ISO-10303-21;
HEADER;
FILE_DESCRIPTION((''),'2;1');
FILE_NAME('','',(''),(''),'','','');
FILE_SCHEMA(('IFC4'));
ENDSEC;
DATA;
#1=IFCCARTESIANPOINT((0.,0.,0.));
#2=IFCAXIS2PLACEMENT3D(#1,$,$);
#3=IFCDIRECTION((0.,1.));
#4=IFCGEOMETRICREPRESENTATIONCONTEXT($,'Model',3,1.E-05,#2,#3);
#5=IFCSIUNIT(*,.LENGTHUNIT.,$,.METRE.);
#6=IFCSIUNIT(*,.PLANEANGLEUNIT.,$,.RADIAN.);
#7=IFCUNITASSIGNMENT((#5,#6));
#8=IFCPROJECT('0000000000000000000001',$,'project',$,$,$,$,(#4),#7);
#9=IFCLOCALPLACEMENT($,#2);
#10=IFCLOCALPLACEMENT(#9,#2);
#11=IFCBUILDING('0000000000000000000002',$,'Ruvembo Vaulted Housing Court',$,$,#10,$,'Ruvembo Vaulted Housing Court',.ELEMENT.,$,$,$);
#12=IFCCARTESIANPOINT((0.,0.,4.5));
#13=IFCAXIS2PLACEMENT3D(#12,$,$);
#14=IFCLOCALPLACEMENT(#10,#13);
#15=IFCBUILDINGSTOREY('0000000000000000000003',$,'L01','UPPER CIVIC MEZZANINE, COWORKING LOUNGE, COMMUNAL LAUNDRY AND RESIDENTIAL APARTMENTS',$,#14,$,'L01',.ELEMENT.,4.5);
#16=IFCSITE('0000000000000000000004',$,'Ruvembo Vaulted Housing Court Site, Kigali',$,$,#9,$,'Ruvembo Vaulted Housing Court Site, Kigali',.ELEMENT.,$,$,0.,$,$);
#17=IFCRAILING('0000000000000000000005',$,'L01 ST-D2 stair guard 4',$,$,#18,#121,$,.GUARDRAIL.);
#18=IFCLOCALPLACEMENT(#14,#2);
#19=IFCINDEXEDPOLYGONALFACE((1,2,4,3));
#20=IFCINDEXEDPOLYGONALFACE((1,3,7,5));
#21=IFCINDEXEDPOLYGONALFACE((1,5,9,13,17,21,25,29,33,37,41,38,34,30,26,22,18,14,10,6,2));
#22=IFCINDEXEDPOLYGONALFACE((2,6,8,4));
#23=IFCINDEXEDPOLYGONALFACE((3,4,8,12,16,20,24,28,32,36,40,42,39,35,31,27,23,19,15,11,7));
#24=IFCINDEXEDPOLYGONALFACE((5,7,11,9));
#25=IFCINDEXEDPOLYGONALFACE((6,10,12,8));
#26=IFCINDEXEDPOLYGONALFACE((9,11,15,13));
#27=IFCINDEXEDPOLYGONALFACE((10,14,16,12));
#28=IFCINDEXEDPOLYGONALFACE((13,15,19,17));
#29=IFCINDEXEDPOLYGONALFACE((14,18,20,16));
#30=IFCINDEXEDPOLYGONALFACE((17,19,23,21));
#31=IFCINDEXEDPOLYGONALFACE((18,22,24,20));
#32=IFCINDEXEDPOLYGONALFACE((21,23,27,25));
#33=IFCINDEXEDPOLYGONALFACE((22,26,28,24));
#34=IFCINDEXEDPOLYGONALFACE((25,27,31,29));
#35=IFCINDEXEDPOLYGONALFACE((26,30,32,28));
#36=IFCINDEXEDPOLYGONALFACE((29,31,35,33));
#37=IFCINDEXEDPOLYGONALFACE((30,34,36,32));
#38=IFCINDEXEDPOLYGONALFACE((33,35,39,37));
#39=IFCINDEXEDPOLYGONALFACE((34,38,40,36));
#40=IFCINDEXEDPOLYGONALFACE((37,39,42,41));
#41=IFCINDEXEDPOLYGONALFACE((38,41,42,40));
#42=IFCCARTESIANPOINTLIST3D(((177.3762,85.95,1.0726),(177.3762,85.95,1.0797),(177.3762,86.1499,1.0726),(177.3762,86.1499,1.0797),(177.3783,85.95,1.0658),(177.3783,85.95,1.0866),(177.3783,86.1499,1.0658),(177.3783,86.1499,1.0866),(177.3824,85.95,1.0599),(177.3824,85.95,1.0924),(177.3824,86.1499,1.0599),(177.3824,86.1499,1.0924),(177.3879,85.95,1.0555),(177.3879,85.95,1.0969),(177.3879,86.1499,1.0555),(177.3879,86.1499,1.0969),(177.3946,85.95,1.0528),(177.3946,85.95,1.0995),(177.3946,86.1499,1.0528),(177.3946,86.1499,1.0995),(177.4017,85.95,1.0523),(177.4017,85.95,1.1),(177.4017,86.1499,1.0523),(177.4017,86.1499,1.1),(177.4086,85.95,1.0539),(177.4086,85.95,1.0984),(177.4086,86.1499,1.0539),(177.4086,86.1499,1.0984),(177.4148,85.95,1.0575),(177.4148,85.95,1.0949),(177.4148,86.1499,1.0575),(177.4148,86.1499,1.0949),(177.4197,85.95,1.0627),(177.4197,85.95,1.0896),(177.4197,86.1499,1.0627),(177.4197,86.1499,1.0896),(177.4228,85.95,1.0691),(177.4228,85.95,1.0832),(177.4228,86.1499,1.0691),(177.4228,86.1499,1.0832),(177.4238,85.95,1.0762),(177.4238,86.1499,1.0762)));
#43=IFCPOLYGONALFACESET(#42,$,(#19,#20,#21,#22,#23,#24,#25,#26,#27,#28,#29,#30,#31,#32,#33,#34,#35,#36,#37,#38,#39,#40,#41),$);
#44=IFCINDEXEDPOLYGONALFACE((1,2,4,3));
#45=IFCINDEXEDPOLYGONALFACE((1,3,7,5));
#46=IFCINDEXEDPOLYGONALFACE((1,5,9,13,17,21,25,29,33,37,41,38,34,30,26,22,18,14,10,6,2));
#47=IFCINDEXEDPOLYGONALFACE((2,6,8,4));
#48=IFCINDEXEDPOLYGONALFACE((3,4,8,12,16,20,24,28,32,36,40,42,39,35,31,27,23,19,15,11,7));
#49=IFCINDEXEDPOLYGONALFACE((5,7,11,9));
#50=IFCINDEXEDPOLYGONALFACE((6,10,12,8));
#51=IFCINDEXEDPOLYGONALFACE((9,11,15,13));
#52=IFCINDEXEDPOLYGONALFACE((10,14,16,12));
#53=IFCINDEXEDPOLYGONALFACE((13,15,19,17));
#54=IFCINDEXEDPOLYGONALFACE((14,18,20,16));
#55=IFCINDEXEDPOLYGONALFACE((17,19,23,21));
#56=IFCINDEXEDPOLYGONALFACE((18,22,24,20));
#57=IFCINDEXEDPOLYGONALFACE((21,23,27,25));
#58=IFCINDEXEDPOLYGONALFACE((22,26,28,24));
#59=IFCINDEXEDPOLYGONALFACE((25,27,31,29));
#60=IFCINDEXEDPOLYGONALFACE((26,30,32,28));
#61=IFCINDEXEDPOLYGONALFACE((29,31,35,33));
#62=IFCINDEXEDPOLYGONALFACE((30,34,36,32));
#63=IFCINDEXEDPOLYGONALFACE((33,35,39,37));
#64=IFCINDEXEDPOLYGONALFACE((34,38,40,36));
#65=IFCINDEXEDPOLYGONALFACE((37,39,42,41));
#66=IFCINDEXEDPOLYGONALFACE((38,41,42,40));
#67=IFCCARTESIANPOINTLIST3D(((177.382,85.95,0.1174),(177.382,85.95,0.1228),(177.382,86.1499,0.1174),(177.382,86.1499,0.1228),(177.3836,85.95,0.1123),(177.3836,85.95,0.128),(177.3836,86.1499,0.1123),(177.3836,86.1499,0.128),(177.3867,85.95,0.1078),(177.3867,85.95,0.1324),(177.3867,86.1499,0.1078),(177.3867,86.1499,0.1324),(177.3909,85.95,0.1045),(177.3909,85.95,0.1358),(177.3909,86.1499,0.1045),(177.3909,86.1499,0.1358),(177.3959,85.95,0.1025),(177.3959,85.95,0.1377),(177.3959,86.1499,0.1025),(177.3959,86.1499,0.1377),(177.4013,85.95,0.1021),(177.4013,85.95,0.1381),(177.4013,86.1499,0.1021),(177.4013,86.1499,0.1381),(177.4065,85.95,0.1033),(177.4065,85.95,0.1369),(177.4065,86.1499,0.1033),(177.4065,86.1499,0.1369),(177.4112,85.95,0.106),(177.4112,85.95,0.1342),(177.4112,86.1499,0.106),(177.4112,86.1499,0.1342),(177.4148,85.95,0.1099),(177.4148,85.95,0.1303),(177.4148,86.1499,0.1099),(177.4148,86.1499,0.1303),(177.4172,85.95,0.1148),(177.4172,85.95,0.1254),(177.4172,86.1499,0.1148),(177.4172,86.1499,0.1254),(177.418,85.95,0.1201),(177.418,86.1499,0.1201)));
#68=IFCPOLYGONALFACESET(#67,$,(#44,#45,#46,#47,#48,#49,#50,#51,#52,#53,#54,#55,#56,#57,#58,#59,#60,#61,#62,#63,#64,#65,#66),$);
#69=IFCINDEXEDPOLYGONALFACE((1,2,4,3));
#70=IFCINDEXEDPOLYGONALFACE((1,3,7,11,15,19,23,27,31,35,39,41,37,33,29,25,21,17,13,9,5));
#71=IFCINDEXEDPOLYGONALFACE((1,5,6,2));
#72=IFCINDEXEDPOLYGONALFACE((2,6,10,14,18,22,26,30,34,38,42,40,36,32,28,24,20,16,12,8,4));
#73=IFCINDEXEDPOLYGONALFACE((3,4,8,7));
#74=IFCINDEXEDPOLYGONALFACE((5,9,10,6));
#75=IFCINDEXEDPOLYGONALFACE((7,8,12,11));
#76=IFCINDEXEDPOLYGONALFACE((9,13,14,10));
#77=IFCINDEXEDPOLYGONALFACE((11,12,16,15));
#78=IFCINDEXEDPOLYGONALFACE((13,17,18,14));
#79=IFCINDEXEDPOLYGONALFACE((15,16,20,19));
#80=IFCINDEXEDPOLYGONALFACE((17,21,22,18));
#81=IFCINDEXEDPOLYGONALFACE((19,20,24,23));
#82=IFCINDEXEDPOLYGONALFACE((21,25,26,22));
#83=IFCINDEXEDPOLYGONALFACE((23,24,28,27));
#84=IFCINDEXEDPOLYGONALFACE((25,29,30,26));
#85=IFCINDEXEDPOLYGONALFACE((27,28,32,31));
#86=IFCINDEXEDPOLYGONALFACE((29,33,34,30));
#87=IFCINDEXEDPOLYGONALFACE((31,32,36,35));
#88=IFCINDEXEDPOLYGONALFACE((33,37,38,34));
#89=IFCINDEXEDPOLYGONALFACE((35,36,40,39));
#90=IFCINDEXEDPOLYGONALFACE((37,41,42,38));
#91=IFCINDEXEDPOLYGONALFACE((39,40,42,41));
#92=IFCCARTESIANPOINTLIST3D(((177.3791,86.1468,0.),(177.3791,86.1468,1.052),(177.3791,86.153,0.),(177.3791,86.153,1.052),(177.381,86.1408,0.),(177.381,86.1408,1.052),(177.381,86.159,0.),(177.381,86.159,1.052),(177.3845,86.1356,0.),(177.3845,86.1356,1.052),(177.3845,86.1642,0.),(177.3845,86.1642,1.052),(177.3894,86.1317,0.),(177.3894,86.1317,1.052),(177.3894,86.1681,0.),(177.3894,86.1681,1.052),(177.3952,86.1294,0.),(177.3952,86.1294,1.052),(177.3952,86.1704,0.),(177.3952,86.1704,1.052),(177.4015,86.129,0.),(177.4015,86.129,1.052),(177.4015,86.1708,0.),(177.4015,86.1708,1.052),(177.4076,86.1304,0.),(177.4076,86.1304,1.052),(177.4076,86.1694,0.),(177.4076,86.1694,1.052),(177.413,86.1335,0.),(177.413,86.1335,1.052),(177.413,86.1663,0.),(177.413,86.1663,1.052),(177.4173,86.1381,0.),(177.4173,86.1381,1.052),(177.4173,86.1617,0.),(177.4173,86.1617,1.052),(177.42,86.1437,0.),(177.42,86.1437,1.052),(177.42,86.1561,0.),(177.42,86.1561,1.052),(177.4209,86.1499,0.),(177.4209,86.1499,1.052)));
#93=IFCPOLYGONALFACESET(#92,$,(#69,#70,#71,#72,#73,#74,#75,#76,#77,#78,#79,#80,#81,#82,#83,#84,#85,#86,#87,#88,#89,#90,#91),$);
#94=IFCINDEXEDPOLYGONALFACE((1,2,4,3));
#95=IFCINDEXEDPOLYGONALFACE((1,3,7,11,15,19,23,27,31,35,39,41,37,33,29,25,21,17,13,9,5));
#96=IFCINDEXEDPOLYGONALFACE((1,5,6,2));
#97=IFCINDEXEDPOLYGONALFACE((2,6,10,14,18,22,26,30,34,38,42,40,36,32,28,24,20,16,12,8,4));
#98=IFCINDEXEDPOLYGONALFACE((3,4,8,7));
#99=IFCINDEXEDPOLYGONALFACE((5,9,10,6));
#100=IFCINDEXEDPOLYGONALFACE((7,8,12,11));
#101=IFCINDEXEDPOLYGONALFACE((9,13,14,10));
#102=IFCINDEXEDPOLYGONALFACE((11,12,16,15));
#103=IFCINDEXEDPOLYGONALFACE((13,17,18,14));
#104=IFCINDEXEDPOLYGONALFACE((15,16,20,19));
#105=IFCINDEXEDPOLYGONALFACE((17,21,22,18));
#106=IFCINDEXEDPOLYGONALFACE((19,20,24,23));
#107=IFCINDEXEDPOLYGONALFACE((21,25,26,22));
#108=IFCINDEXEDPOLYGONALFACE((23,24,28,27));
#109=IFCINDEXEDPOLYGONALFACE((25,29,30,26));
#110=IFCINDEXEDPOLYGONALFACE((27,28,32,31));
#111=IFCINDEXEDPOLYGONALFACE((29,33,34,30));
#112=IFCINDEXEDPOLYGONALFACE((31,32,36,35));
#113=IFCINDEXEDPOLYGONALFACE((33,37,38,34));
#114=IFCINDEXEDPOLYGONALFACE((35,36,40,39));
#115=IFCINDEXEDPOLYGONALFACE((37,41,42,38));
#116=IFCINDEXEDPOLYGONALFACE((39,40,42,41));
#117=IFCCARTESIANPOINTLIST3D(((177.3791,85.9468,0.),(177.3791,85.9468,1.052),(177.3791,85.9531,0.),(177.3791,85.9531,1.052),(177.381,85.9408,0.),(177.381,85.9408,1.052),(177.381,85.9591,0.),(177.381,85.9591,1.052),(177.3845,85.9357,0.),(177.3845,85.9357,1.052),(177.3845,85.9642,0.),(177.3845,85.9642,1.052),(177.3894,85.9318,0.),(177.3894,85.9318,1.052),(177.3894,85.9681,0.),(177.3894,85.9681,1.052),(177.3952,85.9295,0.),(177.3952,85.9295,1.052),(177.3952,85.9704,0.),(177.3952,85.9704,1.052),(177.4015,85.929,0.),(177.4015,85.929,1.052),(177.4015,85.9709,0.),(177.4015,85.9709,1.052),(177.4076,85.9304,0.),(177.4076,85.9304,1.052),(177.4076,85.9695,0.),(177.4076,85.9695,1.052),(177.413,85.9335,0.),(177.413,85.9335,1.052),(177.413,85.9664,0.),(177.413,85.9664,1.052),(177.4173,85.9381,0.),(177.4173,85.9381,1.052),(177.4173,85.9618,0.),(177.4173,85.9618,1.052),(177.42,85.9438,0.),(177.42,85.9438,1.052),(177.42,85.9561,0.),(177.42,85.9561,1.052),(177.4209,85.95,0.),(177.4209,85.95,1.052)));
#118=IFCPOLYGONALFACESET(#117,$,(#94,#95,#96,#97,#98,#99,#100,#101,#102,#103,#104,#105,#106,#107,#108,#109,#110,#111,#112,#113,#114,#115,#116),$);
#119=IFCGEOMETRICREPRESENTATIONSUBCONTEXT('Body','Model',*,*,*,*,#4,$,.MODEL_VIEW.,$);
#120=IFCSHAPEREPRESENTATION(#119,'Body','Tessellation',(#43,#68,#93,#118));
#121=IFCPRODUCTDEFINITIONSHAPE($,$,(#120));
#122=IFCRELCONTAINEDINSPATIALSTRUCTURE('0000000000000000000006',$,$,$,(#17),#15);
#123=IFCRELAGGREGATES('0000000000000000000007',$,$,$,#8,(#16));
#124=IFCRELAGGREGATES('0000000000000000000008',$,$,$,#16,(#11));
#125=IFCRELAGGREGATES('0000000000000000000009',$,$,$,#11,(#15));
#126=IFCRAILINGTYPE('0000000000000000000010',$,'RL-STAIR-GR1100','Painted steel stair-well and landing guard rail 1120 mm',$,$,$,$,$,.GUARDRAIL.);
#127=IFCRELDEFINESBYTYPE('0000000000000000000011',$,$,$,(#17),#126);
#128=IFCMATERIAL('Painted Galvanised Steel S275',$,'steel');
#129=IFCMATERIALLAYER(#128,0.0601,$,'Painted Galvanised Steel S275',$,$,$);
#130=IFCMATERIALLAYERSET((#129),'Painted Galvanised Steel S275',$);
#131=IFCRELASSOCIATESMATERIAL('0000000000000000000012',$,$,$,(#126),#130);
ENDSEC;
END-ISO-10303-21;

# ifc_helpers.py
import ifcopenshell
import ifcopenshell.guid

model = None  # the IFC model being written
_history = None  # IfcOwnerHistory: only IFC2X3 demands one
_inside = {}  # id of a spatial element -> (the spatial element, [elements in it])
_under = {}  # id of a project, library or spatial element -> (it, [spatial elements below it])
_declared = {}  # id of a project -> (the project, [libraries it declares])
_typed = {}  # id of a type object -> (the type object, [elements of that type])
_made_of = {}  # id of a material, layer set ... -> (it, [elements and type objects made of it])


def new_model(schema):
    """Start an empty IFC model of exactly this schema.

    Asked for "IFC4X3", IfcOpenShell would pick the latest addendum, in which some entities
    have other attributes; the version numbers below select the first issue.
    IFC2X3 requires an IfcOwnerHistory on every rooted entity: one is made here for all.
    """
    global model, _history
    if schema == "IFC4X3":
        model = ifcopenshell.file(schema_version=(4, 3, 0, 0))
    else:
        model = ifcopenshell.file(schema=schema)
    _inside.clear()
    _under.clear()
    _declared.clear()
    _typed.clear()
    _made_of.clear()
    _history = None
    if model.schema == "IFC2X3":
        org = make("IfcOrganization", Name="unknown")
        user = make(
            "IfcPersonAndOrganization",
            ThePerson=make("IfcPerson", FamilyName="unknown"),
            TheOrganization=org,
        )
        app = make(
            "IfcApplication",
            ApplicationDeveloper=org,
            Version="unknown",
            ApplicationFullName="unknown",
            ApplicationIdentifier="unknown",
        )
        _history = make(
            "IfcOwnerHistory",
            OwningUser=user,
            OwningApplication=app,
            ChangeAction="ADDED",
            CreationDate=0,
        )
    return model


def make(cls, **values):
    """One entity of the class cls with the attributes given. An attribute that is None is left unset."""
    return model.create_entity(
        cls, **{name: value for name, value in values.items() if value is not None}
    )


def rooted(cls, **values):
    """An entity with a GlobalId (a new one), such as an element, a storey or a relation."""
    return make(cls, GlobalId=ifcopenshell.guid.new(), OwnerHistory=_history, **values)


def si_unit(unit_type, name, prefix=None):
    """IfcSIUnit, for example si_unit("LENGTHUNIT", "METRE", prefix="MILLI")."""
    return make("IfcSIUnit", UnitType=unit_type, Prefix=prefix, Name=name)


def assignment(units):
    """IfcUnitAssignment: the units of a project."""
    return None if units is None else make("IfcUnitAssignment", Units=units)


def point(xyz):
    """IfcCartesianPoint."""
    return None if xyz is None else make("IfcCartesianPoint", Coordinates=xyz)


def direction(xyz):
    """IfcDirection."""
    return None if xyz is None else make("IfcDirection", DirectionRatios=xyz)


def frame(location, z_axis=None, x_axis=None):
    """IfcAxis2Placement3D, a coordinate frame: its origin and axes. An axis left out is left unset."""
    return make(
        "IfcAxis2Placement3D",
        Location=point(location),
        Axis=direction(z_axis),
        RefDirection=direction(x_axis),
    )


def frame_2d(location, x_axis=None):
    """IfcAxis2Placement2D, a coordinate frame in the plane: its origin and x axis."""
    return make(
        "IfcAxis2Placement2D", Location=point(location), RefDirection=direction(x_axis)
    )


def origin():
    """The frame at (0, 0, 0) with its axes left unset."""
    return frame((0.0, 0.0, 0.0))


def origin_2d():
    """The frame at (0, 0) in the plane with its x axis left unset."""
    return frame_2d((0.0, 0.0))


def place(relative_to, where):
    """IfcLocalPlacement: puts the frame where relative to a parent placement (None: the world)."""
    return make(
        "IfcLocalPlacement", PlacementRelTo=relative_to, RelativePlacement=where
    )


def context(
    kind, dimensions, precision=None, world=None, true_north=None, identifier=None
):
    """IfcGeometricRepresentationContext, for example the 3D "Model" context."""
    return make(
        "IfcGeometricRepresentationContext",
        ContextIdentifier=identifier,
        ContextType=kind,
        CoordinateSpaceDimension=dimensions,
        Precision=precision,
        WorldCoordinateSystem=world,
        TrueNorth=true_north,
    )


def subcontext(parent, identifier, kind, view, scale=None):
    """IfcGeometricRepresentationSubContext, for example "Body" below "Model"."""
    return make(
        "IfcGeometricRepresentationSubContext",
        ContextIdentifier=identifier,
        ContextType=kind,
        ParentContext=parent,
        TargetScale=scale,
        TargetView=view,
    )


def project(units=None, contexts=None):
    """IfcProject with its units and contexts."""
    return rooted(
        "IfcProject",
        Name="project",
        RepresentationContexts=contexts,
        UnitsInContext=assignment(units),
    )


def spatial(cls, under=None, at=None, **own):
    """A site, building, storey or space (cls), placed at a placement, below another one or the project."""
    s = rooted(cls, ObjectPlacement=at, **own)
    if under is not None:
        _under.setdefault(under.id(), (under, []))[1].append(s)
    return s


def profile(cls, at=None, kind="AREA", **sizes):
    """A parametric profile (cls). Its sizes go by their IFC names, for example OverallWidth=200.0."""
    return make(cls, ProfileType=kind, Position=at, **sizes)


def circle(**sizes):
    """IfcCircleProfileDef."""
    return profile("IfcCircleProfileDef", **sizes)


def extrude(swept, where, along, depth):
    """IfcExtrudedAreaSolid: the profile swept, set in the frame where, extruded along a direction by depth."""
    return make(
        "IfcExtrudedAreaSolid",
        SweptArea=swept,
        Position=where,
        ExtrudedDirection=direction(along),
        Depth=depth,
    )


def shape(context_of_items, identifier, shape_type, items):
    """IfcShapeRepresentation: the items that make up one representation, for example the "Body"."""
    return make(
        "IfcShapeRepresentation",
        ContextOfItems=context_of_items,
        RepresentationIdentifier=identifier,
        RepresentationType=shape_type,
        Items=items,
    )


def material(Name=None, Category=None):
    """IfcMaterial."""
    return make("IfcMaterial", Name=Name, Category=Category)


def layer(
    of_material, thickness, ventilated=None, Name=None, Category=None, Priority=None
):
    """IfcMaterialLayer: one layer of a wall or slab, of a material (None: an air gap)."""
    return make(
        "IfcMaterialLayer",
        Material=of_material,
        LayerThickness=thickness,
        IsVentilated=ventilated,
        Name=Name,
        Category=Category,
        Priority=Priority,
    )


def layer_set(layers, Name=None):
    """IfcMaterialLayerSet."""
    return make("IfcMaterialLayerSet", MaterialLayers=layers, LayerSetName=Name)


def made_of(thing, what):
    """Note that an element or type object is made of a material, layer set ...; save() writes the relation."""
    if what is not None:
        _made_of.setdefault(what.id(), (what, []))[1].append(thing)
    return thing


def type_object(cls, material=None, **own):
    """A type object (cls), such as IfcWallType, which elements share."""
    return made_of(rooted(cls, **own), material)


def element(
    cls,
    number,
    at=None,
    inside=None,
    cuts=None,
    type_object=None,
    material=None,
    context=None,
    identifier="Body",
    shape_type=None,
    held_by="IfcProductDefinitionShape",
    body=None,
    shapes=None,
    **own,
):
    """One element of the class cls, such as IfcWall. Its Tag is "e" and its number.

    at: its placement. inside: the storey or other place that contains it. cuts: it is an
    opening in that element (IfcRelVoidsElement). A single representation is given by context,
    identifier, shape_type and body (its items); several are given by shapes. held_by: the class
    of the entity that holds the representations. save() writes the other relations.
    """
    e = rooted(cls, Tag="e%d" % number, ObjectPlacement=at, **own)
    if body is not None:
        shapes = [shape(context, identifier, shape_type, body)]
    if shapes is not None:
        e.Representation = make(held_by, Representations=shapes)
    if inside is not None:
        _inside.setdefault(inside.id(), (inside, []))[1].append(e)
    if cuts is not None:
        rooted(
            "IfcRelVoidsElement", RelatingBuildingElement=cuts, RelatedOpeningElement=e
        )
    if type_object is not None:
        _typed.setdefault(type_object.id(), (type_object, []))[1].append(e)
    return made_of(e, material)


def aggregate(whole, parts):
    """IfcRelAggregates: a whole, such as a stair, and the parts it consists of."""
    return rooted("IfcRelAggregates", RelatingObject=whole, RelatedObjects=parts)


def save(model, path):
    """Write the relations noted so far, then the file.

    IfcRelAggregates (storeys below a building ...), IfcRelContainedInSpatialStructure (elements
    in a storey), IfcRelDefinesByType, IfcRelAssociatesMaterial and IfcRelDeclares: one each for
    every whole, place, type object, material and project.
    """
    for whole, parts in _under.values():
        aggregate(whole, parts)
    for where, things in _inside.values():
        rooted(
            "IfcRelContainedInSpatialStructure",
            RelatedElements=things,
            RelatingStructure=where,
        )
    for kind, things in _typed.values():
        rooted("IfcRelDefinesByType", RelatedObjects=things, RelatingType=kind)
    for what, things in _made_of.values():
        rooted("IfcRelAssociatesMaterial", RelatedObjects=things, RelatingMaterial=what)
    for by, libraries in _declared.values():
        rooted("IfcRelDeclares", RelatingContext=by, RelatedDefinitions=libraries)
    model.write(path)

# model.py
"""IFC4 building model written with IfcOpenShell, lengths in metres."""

from ifc_helpers import new_model, si_unit, direction, frame, origin, origin_2d, place, context, subcontext, project, spatial, circle, extrude, material, layer, layer_set, type_object, element, save


model = new_model("IFC4")

# Units and contexts
model_context = context("Model", 3, precision=1e-05, world=origin(), true_north=direction((0.0, 1.0)))
body_context = subcontext(model_context, "Body", "Model", "MODEL_VIEW")
ifc_project = project(units=[si_unit("LENGTHUNIT", "METRE"), si_unit("PLANEANGLEUNIT", "RADIAN")], contexts=[model_context])

# Site, building, storey
site_placement = place(None, origin())
site = spatial("IfcSite", under=ifc_project, at=site_placement, Name="Ruvembo Vaulted Housing Court Site, Kigali", LongName="Ruvembo Vaulted Housing Court Site, Kigali", CompositionType="ELEMENT", RefElevation=0.0)
building_placement = place(site_placement, origin())
building = spatial("IfcBuilding", under=site, at=building_placement, Name="Ruvembo Vaulted Housing Court", LongName="Ruvembo Vaulted Housing Court", CompositionType="ELEMENT")
storey_placement = place(building_placement, frame((0.0, 0.0, 4.5)))
storey = spatial("IfcBuildingStorey", under=building, at=storey_placement, Name="L01", Description="UPPER CIVIC MEZZANINE, COWORKING LOUNGE, COMMUNAL LAUNDRY AND RESIDENTIAL APARTMENTS", LongName="L01", CompositionType="ELEMENT", Elevation=4.5)

# Railing
ifc_material_1 = material(Name="Painted Galvanised Steel S275", Category="steel")
ifc_layer_1 = layer(ifc_material_1, 0.0601, Name="Painted Galvanised Steel S275")
ifc_layer_set_1 = layer_set([ifc_layer_1], Name="Painted Galvanised Steel S275")
railing_type = type_object("IfcRailingType", Name="RL-STAIR-GR1100", Description="Painted steel stair-well and landing guard rail 1120 mm", PredefinedType="GUARDRAIL", material=ifc_layer_set_1)
railing_1_placement = place(storey_placement, frame((177.3999, 86.1499, 0.0)))
element("IfcRailing", 1, at=railing_1_placement, inside=storey, type_object=railing_type, Name="L01 ST-D2 stair guard 4", PredefinedType="GUARDRAIL", context=body_context, shape_type="SweptSolid", body=[
    extrude(circle(Radius=0.0239, at=origin_2d()), frame((0.0, 0.0, 1.0762), z_axis=(0.0, -1.0, 0.0), x_axis=(1.0, 0.0, 0.0)), (0.0, 0.0, 1.0), 0.2),
    extrude(circle(Radius=0.0181, at=origin_2d()), frame((0.0, 0.0, 0.1201), z_axis=(0.0, -1.0, 0.0), x_axis=(1.0, 0.0, 0.0)), (0.0, 0.0, 1.0), 0.2),
    extrude(circle(Radius=0.021, at=origin_2d()), origin(), (0.0, 0.0, 1.0), 1.052),
    extrude(circle(Radius=0.021, at=origin_2d()), frame((0.0, -0.2, 0.0)), (0.0, 0.0, 1.0), 1.052),
])

save(model, "model.ifc")
